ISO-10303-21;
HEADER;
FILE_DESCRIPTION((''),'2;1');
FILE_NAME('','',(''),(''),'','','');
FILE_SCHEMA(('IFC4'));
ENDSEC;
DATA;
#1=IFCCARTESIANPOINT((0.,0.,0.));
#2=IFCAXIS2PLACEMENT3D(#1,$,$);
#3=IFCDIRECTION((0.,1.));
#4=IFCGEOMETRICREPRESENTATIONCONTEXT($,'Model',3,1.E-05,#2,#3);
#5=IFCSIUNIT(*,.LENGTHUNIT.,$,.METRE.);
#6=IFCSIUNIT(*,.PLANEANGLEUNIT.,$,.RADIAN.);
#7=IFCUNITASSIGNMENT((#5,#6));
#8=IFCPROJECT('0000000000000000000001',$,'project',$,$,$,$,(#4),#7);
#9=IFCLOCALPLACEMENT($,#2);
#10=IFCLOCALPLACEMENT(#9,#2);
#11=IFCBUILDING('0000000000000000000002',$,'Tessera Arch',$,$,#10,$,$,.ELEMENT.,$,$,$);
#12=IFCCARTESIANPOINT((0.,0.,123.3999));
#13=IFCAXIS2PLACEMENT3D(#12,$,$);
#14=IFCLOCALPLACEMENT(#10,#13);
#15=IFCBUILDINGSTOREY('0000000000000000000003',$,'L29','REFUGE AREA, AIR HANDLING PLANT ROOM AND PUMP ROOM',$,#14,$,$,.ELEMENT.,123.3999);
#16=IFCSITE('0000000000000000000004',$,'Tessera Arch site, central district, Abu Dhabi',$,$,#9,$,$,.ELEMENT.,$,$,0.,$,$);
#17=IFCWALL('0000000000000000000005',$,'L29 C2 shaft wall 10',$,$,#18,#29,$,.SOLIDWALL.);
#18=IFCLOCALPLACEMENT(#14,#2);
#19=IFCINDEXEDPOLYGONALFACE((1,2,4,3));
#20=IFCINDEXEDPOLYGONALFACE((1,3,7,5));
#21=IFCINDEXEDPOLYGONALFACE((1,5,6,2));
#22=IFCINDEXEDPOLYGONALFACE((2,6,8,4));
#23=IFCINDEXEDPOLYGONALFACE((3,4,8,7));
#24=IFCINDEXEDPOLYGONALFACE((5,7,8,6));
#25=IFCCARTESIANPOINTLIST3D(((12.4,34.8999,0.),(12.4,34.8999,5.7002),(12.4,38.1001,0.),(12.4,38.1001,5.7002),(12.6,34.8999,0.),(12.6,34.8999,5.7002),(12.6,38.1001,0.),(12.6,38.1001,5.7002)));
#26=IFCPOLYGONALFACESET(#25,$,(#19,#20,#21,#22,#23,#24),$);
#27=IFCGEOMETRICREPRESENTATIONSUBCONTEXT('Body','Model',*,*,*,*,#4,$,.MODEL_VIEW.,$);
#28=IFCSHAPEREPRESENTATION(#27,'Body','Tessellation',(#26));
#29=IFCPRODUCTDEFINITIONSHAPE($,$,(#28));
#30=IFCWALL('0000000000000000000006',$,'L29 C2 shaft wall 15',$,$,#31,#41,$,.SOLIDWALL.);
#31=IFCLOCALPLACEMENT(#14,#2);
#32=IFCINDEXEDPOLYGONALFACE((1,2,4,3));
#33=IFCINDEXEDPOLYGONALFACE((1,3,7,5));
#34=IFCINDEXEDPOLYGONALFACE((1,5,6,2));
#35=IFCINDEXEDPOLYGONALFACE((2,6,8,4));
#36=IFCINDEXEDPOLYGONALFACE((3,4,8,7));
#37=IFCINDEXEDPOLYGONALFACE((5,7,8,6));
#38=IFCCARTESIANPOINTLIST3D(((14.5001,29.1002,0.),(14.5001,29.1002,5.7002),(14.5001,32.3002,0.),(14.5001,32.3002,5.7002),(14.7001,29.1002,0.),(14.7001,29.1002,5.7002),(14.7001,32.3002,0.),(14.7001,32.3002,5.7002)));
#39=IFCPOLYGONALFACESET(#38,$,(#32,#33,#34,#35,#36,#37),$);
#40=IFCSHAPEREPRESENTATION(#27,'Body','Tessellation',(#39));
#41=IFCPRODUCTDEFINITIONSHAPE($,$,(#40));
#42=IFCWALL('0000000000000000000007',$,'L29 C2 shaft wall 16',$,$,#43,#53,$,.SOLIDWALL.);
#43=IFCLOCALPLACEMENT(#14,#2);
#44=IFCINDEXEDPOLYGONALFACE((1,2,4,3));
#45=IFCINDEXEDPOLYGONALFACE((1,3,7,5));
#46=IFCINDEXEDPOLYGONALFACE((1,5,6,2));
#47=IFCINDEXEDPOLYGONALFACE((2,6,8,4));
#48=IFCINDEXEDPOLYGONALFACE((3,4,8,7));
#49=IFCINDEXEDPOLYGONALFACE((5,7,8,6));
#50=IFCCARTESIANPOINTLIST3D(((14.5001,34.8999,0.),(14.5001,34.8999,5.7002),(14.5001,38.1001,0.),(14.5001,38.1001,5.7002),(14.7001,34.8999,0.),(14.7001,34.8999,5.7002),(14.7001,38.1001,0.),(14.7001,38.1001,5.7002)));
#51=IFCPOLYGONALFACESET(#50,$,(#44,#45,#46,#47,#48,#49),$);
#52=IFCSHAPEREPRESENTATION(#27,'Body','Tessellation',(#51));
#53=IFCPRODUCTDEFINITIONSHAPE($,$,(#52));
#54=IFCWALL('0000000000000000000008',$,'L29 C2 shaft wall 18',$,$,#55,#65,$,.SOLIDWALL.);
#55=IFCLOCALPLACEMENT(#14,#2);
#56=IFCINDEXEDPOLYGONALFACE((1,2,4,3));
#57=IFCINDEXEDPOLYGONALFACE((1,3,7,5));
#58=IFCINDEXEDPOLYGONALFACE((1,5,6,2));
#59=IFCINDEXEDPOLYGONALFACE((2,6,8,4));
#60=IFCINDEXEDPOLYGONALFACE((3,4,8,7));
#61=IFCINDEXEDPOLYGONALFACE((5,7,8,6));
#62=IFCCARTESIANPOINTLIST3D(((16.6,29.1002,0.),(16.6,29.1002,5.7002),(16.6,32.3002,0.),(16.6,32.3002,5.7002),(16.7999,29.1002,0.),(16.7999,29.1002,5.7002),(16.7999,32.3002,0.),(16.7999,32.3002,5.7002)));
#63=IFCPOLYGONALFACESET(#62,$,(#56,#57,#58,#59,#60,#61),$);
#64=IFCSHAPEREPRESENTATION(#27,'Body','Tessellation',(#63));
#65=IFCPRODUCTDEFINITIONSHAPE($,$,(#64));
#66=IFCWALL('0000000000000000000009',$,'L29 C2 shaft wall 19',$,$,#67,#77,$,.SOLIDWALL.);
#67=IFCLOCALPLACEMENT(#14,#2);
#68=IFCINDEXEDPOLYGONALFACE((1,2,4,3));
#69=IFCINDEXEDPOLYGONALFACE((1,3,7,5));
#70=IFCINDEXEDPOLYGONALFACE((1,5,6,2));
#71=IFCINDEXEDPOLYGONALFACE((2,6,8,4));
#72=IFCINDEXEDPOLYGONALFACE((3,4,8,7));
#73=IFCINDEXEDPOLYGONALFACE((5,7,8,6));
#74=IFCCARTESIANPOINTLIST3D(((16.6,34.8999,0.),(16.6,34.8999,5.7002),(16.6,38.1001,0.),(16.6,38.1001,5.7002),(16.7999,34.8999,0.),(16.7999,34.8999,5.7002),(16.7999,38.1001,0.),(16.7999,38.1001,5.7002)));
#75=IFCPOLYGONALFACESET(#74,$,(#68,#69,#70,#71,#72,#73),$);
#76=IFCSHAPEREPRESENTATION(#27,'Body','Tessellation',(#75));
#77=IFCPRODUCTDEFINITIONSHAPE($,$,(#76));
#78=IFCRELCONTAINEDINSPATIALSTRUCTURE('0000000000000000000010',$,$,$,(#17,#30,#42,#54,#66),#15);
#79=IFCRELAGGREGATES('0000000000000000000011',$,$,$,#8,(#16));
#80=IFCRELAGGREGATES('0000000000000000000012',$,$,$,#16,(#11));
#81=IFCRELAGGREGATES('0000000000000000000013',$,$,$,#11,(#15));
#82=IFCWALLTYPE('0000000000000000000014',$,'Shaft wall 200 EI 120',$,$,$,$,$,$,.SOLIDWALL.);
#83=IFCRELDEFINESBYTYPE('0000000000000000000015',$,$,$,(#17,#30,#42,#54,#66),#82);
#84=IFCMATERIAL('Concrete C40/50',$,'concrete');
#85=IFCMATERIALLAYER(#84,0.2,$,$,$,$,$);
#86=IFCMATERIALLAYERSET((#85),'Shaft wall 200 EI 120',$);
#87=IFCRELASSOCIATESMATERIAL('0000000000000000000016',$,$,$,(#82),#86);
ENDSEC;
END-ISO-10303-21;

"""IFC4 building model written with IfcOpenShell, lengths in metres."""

from ifc_helpers import new_model, si_unit, direction, frame, frame_2d, origin, place, context, subcontext, project, spatial, rectangle, extrude, material, layer, layer_set, type_object, element, save


model = new_model("IFC4")

# Units and contexts
model_context = context("Model", 3, precision=1e-05, world=origin(), true_north=direction((0.0, 1.0)))
body_context = subcontext(model_context, "Body", "Model", "MODEL_VIEW")
ifc_project = project(units=[si_unit("LENGTHUNIT", "METRE"), si_unit("PLANEANGLEUNIT", "RADIAN")], contexts=[model_context])

# Site, building, storey
site_placement = place(None, origin())
site = spatial("IfcSite", under=ifc_project, at=site_placement, Name="Tessera Arch site, central district, Abu Dhabi", CompositionType="ELEMENT", RefElevation=0.0)
building_placement = place(site_placement, origin())
building = spatial("IfcBuilding", under=site, at=building_placement, Name="Tessera Arch", CompositionType="ELEMENT")
storey_placement = place(building_placement, frame((0.0, 0.0, 123.3999)))
storey = spatial("IfcBuildingStorey", under=building, at=storey_placement, Name="L29", Description="REFUGE AREA, AIR HANDLING PLANT ROOM AND PUMP ROOM", CompositionType="ELEMENT", Elevation=123.3999)

# Walls
ifc_material_1 = material(Name="Concrete C40/50", Category="concrete")
ifc_layer_1 = layer(ifc_material_1, 0.2)
ifc_layer_set_1 = layer_set([ifc_layer_1], Name="Shaft wall 200 EI 120")
wall_type_1 = type_object("IfcWallType", Name="Shaft wall 200 EI 120", PredefinedType="SOLIDWALL", material=ifc_layer_set_1)
wall_1_placement = place(storey_placement, frame((12.5, 34.8999, 0.0), z_axis=(0.0, 0.0, 1.0), x_axis=(0.0, 1.0, 0.0)))
element("IfcWall", 1, at=wall_1_placement, inside=storey, type_object=wall_type_1, Name="L29 C2 shaft wall 10", PredefinedType="SOLIDWALL", context=body_context, shape_type="SweptSolid", body=[
    extrude(rectangle(XDim=3.2002, YDim=0.2, at=frame_2d((1.6001, 0.0))), origin(), (0.0, 0.0, 1.0), 5.7002),
])
wall_2_placement = place(storey_placement, frame((14.6001, 29.1001, 0.0), z_axis=(0.0, 0.0, 1.0), x_axis=(0.0, 1.0, 0.0)))
element("IfcWall", 2, at=wall_2_placement, inside=storey, type_object=wall_type_1, Name="L29 C2 shaft wall 15", PredefinedType="SOLIDWALL", context=body_context, shape_type="SweptSolid", body=[
    extrude(rectangle(XDim=3.2, YDim=0.2, at=frame_2d((1.6001, 0.0))), origin(), (0.0, 0.0, 1.0), 5.7002),
])
wall_3_placement = place(storey_placement, frame((14.6001, 34.8999, 0.0), z_axis=(0.0, 0.0, 1.0), x_axis=(0.0, 1.0, 0.0)))
element("IfcWall", 3, at=wall_3_placement, inside=storey, type_object=wall_type_1, Name="L29 C2 shaft wall 16", PredefinedType="SOLIDWALL", context=body_context, shape_type="SweptSolid", body=[
    extrude(rectangle(XDim=3.2002, YDim=0.2, at=frame_2d((1.6001, 0.0))), origin(), (0.0, 0.0, 1.0), 5.7002),
])
wall_4_placement = place(storey_placement, frame((16.7, 29.1001, 0.0), z_axis=(0.0, 0.0, 1.0), x_axis=(0.0, 1.0, 0.0)))
element("IfcWall", 4, at=wall_4_placement, inside=storey, type_object=wall_type_1, Name="L29 C2 shaft wall 18", PredefinedType="SOLIDWALL", context=body_context, shape_type="SweptSolid", body=[
    extrude(rectangle(XDim=3.2, YDim=0.2, at=frame_2d((1.6001, 0.0))), origin(), (0.0, 0.0, 1.0), 5.7002),
])
wall_5_placement = place(storey_placement, frame((16.7, 34.8999, 0.0), z_axis=(0.0, 0.0, 1.0), x_axis=(0.0, 1.0, 0.0)))
element("IfcWall", 5, at=wall_5_placement, inside=storey, type_object=wall_type_1, Name="L29 C2 shaft wall 19", PredefinedType="SOLIDWALL", context=body_context, shape_type="SweptSolid", body=[
    extrude(rectangle(XDim=3.2002, YDim=0.2, at=frame_2d((1.6001, 0.0))), origin(), (0.0, 0.0, 1.0), 5.7002),
])

save(model, "model.ifc")
